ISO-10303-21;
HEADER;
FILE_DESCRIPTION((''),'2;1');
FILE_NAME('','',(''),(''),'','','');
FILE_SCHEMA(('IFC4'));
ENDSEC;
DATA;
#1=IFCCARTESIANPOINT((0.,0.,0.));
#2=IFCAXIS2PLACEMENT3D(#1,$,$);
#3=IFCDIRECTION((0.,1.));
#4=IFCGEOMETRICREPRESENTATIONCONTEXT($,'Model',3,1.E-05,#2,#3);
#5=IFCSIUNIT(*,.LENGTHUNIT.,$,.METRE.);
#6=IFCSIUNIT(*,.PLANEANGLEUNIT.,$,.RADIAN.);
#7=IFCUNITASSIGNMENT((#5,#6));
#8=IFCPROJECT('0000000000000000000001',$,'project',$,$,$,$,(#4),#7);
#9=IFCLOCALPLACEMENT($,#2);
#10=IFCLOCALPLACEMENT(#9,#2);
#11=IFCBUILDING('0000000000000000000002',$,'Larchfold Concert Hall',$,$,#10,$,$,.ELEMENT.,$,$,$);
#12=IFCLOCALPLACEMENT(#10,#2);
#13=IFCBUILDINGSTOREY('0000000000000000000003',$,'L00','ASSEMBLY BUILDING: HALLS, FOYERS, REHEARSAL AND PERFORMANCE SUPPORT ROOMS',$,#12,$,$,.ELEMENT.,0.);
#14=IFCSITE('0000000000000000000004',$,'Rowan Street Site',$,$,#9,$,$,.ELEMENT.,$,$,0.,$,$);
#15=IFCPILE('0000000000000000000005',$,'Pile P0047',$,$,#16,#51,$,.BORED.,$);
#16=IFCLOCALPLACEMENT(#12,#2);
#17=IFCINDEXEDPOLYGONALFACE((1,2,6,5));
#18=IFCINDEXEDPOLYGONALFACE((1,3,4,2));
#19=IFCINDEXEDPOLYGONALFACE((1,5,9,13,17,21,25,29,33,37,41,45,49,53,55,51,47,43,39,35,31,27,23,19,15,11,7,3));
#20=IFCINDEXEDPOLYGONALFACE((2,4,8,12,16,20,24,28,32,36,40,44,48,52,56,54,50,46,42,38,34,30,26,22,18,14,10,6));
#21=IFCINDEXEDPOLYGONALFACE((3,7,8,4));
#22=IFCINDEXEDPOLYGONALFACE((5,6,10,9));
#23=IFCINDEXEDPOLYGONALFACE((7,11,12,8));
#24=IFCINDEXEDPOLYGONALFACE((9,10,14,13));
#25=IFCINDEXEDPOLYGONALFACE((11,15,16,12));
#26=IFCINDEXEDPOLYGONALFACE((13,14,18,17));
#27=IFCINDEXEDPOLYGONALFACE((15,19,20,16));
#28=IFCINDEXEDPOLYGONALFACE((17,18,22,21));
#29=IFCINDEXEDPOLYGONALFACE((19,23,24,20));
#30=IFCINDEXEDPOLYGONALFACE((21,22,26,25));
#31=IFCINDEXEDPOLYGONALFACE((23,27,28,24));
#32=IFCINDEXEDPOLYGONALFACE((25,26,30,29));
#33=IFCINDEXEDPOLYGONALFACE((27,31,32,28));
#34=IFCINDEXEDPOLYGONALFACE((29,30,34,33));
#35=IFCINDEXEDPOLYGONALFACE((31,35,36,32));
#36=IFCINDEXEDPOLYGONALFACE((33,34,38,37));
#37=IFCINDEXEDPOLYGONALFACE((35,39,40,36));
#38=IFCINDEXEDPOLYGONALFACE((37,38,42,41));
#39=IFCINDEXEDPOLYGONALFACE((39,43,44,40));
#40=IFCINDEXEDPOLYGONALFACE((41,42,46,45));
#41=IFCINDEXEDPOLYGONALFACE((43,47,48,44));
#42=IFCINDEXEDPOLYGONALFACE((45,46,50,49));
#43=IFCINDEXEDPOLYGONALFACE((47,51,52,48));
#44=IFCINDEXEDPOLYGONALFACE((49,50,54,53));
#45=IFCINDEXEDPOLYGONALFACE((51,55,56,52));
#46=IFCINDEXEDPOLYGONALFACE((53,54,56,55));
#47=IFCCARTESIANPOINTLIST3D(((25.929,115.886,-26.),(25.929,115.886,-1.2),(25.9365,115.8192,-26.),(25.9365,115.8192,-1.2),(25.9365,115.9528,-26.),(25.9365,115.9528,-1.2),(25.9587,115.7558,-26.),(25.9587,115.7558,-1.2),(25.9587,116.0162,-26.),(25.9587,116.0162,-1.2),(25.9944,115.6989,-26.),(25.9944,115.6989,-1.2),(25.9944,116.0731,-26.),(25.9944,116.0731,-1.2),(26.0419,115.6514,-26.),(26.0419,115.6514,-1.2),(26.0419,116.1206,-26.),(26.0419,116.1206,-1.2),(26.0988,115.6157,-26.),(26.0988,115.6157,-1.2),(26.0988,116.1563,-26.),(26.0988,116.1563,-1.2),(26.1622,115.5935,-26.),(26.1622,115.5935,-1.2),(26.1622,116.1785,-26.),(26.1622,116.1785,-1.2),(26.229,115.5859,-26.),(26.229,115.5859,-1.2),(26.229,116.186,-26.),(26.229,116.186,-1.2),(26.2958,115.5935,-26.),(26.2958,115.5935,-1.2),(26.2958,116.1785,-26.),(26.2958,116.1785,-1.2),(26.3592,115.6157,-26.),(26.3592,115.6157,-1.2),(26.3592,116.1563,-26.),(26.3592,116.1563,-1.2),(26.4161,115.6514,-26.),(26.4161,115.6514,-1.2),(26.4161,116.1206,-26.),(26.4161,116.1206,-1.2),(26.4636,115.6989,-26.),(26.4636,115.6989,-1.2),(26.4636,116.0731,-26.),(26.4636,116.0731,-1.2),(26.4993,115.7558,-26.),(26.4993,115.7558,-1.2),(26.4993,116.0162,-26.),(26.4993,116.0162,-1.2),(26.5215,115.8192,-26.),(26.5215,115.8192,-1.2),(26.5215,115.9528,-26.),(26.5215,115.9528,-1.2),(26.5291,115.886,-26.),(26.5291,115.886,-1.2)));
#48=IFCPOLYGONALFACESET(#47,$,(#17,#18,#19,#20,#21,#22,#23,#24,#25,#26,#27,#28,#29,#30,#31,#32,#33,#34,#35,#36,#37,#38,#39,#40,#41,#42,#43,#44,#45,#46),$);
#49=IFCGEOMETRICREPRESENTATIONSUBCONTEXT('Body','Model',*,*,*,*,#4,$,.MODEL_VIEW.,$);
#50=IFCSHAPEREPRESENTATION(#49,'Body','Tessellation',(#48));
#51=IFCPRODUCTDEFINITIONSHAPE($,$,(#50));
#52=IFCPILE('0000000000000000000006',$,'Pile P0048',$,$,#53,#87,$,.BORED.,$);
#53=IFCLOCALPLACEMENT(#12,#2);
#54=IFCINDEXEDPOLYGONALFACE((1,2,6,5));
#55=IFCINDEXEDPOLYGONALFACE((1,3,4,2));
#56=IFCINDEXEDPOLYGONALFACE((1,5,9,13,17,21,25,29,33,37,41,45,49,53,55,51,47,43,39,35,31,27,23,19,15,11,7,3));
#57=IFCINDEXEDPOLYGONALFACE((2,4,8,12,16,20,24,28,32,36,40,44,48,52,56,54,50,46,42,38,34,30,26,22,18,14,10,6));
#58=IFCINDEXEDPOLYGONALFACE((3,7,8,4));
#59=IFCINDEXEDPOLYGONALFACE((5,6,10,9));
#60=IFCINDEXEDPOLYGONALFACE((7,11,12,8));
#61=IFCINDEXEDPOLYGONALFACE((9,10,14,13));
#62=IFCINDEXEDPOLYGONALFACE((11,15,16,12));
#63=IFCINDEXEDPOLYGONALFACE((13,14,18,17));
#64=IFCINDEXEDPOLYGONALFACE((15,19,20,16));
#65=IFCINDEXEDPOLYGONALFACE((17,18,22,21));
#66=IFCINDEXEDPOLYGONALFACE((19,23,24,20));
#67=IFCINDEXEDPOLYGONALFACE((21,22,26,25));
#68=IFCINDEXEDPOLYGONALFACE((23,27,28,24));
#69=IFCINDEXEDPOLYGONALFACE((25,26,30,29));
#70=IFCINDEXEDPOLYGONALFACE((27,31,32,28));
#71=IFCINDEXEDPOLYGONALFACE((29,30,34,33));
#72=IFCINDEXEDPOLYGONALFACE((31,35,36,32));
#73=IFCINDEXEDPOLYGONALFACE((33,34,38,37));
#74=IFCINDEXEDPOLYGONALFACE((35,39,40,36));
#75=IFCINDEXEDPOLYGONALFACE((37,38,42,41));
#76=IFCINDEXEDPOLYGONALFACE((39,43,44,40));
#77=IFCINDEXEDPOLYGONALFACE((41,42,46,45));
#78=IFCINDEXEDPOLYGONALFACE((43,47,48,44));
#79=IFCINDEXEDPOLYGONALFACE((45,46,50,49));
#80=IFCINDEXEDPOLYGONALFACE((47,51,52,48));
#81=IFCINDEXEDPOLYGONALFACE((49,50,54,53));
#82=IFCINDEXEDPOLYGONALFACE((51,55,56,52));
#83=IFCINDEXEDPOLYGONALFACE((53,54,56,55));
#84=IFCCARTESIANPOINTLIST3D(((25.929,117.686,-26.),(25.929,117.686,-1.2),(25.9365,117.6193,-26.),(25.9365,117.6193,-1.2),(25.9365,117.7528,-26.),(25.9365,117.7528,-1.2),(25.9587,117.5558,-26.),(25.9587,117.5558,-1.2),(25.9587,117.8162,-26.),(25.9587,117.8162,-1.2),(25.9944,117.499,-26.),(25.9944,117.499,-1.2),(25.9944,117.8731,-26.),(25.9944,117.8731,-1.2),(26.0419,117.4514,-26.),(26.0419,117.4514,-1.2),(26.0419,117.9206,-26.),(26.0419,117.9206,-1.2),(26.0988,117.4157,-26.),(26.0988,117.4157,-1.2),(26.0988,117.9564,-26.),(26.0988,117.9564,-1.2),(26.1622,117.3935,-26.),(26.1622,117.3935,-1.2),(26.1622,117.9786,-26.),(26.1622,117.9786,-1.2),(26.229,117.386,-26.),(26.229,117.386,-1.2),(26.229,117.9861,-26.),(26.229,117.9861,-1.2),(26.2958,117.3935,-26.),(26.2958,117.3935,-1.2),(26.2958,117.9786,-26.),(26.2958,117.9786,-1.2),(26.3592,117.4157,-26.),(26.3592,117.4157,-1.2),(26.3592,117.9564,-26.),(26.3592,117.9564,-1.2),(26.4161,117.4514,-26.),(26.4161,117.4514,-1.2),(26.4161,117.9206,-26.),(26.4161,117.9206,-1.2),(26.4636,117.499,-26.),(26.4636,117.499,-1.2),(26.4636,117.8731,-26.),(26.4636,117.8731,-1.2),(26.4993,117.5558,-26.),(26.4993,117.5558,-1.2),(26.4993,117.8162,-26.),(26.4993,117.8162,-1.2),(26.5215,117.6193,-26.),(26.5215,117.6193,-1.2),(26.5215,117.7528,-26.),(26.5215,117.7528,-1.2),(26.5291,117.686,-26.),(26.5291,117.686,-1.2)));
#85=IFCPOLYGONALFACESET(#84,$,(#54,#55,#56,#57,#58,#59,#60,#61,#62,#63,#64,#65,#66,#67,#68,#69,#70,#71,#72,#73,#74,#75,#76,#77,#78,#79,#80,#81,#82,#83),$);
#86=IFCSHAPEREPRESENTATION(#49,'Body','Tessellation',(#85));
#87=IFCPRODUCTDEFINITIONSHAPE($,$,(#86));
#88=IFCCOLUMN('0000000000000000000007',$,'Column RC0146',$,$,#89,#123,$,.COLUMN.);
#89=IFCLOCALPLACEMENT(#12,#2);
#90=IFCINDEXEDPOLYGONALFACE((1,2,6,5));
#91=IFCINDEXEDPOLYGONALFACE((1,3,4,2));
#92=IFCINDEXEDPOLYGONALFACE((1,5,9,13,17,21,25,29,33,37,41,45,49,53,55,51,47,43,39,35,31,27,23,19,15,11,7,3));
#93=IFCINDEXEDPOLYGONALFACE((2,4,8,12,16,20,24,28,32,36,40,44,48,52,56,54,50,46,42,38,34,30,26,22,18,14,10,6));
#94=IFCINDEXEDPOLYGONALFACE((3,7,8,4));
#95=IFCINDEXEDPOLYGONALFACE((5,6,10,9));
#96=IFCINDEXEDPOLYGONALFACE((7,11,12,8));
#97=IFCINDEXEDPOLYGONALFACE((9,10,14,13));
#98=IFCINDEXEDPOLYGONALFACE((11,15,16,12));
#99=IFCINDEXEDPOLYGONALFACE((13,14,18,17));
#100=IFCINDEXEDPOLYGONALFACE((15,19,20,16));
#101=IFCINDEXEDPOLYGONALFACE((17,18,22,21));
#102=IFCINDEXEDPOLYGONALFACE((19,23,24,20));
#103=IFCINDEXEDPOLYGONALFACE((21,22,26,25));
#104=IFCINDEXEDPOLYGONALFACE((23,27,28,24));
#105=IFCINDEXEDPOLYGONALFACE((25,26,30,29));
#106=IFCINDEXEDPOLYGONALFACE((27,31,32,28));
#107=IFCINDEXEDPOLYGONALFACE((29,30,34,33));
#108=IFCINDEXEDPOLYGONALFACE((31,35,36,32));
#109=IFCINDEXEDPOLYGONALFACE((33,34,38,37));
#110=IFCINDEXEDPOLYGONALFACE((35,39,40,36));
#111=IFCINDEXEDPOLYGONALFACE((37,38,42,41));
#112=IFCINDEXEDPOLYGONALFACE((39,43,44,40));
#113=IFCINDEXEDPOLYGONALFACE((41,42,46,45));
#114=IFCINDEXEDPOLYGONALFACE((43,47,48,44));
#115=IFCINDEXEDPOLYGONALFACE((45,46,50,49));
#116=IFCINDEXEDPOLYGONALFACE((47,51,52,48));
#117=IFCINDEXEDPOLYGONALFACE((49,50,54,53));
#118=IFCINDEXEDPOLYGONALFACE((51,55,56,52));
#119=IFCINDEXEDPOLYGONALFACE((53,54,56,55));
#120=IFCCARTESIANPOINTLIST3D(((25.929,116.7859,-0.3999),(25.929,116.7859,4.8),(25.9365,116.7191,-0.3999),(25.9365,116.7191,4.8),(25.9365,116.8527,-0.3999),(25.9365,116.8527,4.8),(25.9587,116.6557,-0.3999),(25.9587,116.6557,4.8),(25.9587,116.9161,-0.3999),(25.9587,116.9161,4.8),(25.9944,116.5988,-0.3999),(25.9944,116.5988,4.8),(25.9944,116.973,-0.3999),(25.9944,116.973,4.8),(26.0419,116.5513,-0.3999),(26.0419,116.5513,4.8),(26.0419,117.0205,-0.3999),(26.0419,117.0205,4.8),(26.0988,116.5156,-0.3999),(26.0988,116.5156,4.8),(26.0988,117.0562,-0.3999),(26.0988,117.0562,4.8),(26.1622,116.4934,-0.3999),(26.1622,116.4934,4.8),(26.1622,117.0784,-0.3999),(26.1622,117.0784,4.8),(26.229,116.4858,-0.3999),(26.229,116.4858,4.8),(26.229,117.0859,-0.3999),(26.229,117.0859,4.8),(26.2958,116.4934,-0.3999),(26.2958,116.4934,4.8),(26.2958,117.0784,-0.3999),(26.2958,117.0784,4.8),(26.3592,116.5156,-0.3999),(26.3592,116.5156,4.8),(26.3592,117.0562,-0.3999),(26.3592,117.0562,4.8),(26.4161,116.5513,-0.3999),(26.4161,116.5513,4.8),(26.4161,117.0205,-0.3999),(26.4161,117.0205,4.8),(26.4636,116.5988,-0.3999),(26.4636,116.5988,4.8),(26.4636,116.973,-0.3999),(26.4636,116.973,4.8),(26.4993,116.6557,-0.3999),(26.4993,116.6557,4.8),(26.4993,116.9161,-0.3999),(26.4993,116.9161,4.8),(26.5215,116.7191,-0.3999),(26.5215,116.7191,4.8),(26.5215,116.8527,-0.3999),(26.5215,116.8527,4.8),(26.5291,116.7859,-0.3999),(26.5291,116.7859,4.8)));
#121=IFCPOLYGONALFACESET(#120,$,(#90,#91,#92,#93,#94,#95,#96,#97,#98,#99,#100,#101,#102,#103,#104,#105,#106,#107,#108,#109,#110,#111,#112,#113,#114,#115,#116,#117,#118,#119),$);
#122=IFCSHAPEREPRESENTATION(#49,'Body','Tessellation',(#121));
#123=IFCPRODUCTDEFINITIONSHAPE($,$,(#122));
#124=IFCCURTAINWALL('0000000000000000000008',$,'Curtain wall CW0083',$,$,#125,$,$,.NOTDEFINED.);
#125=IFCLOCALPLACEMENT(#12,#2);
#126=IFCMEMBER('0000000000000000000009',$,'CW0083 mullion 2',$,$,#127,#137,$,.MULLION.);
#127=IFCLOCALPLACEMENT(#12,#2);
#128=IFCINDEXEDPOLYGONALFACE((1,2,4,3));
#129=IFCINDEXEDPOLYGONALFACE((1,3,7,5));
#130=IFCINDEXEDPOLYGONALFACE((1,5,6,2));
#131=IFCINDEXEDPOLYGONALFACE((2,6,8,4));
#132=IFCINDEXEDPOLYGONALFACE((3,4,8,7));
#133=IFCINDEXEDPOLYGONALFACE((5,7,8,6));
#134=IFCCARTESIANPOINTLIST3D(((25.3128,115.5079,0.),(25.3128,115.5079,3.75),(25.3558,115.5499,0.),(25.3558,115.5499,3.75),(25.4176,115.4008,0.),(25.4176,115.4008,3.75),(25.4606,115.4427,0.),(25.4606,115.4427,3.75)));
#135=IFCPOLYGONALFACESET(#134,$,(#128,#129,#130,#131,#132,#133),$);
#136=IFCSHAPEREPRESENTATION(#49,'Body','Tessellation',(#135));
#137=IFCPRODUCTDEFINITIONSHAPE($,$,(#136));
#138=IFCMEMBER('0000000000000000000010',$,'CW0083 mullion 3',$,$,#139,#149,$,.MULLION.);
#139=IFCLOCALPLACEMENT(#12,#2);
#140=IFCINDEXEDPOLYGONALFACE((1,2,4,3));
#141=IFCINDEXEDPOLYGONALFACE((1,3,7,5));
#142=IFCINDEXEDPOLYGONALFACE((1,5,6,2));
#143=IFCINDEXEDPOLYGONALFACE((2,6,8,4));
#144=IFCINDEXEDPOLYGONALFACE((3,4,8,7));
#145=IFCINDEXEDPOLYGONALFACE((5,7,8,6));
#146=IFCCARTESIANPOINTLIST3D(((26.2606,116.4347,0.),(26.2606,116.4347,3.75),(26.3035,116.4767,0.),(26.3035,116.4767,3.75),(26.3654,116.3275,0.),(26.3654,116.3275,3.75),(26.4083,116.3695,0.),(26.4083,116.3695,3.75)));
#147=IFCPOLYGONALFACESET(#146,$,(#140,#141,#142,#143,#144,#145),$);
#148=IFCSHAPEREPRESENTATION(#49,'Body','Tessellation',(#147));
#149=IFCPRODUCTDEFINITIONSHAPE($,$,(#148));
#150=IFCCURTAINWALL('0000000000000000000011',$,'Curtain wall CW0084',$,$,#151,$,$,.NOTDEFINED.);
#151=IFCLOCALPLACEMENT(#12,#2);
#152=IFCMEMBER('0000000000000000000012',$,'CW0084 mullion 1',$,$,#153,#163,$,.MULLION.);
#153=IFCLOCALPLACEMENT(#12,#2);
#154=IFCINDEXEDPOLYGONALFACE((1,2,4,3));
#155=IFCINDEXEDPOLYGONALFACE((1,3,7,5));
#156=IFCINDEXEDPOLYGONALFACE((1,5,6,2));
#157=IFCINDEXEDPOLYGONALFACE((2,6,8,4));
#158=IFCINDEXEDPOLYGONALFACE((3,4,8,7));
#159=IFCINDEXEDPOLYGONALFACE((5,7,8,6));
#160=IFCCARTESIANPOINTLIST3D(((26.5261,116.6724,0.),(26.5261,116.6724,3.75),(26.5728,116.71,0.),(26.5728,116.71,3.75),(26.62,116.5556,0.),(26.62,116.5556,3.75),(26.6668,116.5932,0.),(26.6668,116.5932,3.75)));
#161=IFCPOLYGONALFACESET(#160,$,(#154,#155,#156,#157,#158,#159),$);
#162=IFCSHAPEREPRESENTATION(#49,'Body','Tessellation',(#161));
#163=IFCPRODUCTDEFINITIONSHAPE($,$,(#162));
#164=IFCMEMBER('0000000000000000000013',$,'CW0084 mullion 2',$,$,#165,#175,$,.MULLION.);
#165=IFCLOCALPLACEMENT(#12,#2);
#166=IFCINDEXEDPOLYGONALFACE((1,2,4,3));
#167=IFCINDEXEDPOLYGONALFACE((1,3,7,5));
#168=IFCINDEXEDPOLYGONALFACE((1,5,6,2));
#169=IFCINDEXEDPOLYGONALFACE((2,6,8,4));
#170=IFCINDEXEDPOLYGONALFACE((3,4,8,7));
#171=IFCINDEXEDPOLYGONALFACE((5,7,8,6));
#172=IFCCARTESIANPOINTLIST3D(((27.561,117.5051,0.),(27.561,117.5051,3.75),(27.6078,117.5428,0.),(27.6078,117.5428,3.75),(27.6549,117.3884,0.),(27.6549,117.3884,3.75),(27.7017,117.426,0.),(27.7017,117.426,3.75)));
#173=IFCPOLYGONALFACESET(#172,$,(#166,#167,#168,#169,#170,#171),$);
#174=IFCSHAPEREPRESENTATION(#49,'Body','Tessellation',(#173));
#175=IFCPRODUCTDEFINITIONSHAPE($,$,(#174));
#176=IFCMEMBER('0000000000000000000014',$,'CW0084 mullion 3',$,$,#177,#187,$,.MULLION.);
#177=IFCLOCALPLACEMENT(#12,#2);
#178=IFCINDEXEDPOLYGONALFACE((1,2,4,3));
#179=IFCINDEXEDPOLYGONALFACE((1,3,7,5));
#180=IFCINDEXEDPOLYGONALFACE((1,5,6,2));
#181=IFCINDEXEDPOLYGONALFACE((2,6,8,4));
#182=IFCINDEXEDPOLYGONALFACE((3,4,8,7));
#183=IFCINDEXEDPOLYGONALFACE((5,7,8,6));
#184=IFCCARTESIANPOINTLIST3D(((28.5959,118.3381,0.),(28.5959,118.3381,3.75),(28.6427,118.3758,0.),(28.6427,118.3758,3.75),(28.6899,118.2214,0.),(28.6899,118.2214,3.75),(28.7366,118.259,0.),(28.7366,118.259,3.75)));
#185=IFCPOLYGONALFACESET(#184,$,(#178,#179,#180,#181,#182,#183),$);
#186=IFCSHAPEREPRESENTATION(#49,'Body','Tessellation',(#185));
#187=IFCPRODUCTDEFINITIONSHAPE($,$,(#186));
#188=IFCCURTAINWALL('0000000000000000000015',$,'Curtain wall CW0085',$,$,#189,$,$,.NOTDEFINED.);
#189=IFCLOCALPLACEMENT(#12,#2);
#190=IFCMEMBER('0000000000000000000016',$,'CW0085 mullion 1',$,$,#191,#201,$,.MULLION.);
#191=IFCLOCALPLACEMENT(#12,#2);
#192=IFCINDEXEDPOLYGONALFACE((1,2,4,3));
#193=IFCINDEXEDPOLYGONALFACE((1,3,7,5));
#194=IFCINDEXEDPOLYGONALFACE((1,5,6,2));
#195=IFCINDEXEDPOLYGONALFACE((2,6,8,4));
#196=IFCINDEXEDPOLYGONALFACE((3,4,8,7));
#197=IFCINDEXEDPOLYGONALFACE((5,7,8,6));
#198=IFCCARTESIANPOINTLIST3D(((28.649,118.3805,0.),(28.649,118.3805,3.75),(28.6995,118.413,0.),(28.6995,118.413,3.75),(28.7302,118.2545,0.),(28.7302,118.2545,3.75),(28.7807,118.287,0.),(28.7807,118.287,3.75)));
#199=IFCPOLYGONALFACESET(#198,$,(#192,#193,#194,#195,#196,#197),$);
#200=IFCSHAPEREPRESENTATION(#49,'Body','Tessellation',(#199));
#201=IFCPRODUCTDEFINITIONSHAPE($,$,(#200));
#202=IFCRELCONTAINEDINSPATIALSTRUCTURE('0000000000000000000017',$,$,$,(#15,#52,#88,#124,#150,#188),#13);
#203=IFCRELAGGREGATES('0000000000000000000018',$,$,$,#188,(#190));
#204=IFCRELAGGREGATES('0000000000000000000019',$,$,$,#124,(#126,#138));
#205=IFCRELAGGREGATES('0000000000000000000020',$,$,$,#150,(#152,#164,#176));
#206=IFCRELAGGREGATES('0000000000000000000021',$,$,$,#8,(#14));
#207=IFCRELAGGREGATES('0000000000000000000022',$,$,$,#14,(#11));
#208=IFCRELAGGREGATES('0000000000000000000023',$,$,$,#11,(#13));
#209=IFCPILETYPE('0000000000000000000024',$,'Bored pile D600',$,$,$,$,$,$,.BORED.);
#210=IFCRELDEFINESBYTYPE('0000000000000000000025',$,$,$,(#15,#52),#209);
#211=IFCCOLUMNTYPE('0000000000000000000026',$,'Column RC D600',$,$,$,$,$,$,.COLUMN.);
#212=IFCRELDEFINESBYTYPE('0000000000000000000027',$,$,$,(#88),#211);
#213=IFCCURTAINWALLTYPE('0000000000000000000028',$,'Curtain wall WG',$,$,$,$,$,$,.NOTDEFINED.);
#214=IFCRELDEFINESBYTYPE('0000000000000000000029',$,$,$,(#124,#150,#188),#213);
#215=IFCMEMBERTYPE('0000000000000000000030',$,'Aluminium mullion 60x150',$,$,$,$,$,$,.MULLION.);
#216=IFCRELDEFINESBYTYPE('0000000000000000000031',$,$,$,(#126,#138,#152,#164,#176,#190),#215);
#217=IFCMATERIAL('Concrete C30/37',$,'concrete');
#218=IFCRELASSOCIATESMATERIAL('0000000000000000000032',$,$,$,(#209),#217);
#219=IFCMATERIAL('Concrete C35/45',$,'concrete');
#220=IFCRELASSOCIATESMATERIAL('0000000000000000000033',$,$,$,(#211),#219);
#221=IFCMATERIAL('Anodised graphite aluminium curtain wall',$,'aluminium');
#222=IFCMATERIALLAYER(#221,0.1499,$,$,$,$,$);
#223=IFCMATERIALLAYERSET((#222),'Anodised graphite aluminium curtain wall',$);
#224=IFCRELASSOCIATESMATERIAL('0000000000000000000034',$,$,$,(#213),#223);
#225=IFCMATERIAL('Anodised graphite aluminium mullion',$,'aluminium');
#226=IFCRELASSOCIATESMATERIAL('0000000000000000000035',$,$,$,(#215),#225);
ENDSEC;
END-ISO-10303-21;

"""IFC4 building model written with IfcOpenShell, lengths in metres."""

from ifc_helpers import new_model, si_unit, direction, frame, origin, origin_2d, place, context, subcontext, project, spatial, rectangle, circle, extrude, material, layer, layer_set, material_profile, profile_set, type_object, element, aggregate, save


model = new_model("IFC4")

# Units and contexts
model_context = context("Model", 3, precision=1e-05, world=origin(), true_north=direction((0.0, 1.0)))
body_context = subcontext(model_context, "Body", "Model", "MODEL_VIEW")
ifc_project = project(units=[si_unit("LENGTHUNIT", "METRE"), si_unit("PLANEANGLEUNIT", "RADIAN")], contexts=[model_context])

# Site, building, storey
site_placement = place(None, origin())
site = spatial("IfcSite", under=ifc_project, at=site_placement, Name="Rowan Street Site", CompositionType="ELEMENT", RefElevation=0.0)
building_placement = place(site_placement, origin())
building = spatial("IfcBuilding", under=site, at=building_placement, Name="Larchfold Concert Hall", CompositionType="ELEMENT")
storey_placement = place(building_placement, origin())
storey = spatial("IfcBuildingStorey", under=building, at=storey_placement, Name="L00", Description="ASSEMBLY BUILDING: HALLS, FOYERS, REHEARSAL AND PERFORMANCE SUPPORT ROOMS", CompositionType="ELEMENT", Elevation=0.0)

# Piles
ifc_material_1 = material(Name="Concrete C30/37", Category="concrete")
ifc_material_profile_1 = material_profile(ifc_material_1, circle(Radius=0.3, at=origin_2d()))
ifc_profile_set_1 = profile_set([ifc_material_profile_1], Name="Concrete C30/37")
pile_type = type_object("IfcPileType", Name="Bored pile D600", PredefinedType="BORED", material=ifc_profile_set_1)
for number, where, z_axis, x_axis, name in (
    (1, (26.229, 115.886, -1.2), (0.0, 0.0, -1.0), (1.0, 0.0, 0.0), "Pile P0047"),
    (2, (26.229, 117.686, -1.2), (0.0, 0.0, -1.0), (1.0, 0.0, 0.0), "Pile P0048"),
):
    element("IfcPile", number, at=place(storey_placement, frame(where, z_axis=z_axis, x_axis=x_axis)), inside=storey, type_object=pile_type, Name=name, PredefinedType="BORED", context=body_context, shape_type="SweptSolid", body=[
        extrude(circle(Radius=0.3, at=origin_2d()), origin(), (0.0, 0.0, 1.0), 24.8),
    ])

# Column
ifc_material_2 = material(Name="Concrete C35/45", Category="concrete")
ifc_material_profile_2 = material_profile(ifc_material_2, circle(Radius=0.3, at=origin_2d()))
ifc_profile_set_2 = profile_set([ifc_material_profile_2], Name="Concrete C35/45")
column_type = type_object("IfcColumnType", Name="Column RC D600", PredefinedType="COLUMN", material=ifc_profile_set_2)
column_placement = place(storey_placement, frame((26.229, 116.7859, -0.3999), z_axis=(0.0, 0.0, 1.0), x_axis=(1.0, 0.0, 0.0)))
element("IfcColumn", 3, at=column_placement, inside=storey, type_object=column_type, Name="Column RC0146", PredefinedType="COLUMN", context=body_context, shape_type="SweptSolid", body=[
    extrude(circle(Radius=0.3, at=origin_2d()), origin(), (0.0, 0.0, 1.0), 5.2),
])

# Curtain walls, members
ifc_material_3 = material(Name="Anodised graphite aluminium curtain wall", Category="aluminium")
ifc_layer_1 = layer(ifc_material_3, 0.1499)
ifc_layer_set_1 = layer_set([ifc_layer_1], Name="Anodised graphite aluminium curtain wall")
curtain_wall_type = type_object("IfcCurtainWallType", Name="Curtain wall WG", PredefinedType="NOTDEFINED", material=ifc_layer_set_1)
curtain_wall_1_placement = place(storey_placement, origin())
curtain_wall_1 = element("IfcCurtainWall", 4, at=curtain_wall_1_placement, inside=storey, type_object=curtain_wall_type, Name="Curtain wall CW0083", PredefinedType="NOTDEFINED")
ifc_material_4 = material(Name="Anodised graphite aluminium mullion", Category="aluminium")
ifc_material_profile_3 = material_profile(ifc_material_4, rectangle(XDim=0.1499, YDim=0.0601, at=origin_2d()))
ifc_profile_set_3 = profile_set([ifc_material_profile_3], Name="Anodised graphite aluminium mullion")
member_type_1 = type_object("IfcMemberType", Name="Aluminium mullion 60x150", PredefinedType="MULLION", material=ifc_profile_set_3)
member_1_placement = place(storey_placement, frame((25.3867, 115.4753, 0.0), z_axis=(0.0, 0.0, 1.0), x_axis=(-0.699092, 0.715032, 0.0)))
member_1 = element("IfcMember", 5, at=member_1_placement, type_object=member_type_1, Name="CW0083 mullion 2", PredefinedType="MULLION", context=body_context, shape_type="SweptSolid", body=[
    extrude(rectangle(XDim=0.1499, YDim=0.0601, at=origin_2d()), origin(), (0.0, 0.0, 1.0), 3.75),
])
member_2_placement = place(storey_placement, frame((26.3345, 116.4021, 0.0), z_axis=(0.0, 0.0, 1.0), x_axis=(-0.699092, 0.715032, 0.0)))
member_2 = element("IfcMember", 6, at=member_2_placement, type_object=member_type_1, Name="CW0083 mullion 3", PredefinedType="MULLION", context=body_context, shape_type="SweptSolid", body=[
    extrude(rectangle(XDim=0.1499, YDim=0.0601, at=origin_2d()), origin(), (0.0, 0.0, 1.0), 3.75),
])
curtain_wall_2_placement = place(storey_placement, origin())
curtain_wall_2 = element("IfcCurtainWall", 7, at=curtain_wall_2_placement, inside=storey, type_object=curtain_wall_type, Name="Curtain wall CW0084", PredefinedType="NOTDEFINED")
member_3_placement = place(storey_placement, frame((26.5964, 116.6328, 0.0), z_axis=(0.0, 0.0, 1.0), x_axis=(-0.626939, 0.779068, 0.0)))
member_3 = element("IfcMember", 8, at=member_3_placement, type_object=member_type_1, Name="CW0084 mullion 1", PredefinedType="MULLION", context=body_context, shape_type="SweptSolid", body=[
    extrude(rectangle(XDim=0.1499, YDim=0.0601, at=origin_2d()), origin(), (0.0, 0.0, 1.0), 3.75),
])
member_4_placement = place(storey_placement, frame((27.6313, 117.4656, 0.0), z_axis=(0.0, 0.0, 1.0), x_axis=(-0.626939, 0.779068, 0.0)))
member_4 = element("IfcMember", 9, at=member_4_placement, type_object=member_type_1, Name="CW0084 mullion 2", PredefinedType="MULLION", context=body_context, shape_type="SweptSolid", body=[
    extrude(rectangle(XDim=0.1499, YDim=0.0601, at=origin_2d()), origin(), (0.0, 0.0, 1.0), 3.75),
])
member_5_placement = place(storey_placement, frame((28.6663, 118.2986, 0.0), z_axis=(0.0, 0.0, 1.0), x_axis=(-0.626939, 0.779068, 0.0)))
member_5 = element("IfcMember", 10, at=member_5_placement, type_object=member_type_1, Name="CW0084 mullion 3", PredefinedType="MULLION", context=body_context, shape_type="SweptSolid", body=[
    extrude(rectangle(XDim=0.1499, YDim=0.0601, at=origin_2d()), origin(), (0.0, 0.0, 1.0), 3.75),
])

# Curtain wall, member
curtain_wall_3_placement = place(storey_placement, origin())
curtain_wall_3 = element("IfcCurtainWall", 11, at=curtain_wall_3_placement, inside=storey, type_object=curtain_wall_type, Name="Curtain wall CW0085", PredefinedType="NOTDEFINED")
member_6_placement = place(storey_placement, frame((28.7148, 118.3337, 0.0), z_axis=(0.0, 0.0, 1.0), x_axis=(-0.541845, 0.840479, 0.0)))
member_6 = element("IfcMember", 12, at=member_6_placement, type_object=member_type_1, Name="CW0085 mullion 1", PredefinedType="MULLION", context=body_context, shape_type="SweptSolid", body=[
    extrude(rectangle(XDim=0.1499, YDim=0.0601, at=origin_2d()), origin(), (0.0, 0.0, 1.0), 3.75),
])

aggregate(curtain_wall_3, [member_6])

aggregate(curtain_wall_1, [member_1, member_2])
aggregate(curtain_wall_2, [member_3, member_4, member_5])

save(model, "model.ifc")
